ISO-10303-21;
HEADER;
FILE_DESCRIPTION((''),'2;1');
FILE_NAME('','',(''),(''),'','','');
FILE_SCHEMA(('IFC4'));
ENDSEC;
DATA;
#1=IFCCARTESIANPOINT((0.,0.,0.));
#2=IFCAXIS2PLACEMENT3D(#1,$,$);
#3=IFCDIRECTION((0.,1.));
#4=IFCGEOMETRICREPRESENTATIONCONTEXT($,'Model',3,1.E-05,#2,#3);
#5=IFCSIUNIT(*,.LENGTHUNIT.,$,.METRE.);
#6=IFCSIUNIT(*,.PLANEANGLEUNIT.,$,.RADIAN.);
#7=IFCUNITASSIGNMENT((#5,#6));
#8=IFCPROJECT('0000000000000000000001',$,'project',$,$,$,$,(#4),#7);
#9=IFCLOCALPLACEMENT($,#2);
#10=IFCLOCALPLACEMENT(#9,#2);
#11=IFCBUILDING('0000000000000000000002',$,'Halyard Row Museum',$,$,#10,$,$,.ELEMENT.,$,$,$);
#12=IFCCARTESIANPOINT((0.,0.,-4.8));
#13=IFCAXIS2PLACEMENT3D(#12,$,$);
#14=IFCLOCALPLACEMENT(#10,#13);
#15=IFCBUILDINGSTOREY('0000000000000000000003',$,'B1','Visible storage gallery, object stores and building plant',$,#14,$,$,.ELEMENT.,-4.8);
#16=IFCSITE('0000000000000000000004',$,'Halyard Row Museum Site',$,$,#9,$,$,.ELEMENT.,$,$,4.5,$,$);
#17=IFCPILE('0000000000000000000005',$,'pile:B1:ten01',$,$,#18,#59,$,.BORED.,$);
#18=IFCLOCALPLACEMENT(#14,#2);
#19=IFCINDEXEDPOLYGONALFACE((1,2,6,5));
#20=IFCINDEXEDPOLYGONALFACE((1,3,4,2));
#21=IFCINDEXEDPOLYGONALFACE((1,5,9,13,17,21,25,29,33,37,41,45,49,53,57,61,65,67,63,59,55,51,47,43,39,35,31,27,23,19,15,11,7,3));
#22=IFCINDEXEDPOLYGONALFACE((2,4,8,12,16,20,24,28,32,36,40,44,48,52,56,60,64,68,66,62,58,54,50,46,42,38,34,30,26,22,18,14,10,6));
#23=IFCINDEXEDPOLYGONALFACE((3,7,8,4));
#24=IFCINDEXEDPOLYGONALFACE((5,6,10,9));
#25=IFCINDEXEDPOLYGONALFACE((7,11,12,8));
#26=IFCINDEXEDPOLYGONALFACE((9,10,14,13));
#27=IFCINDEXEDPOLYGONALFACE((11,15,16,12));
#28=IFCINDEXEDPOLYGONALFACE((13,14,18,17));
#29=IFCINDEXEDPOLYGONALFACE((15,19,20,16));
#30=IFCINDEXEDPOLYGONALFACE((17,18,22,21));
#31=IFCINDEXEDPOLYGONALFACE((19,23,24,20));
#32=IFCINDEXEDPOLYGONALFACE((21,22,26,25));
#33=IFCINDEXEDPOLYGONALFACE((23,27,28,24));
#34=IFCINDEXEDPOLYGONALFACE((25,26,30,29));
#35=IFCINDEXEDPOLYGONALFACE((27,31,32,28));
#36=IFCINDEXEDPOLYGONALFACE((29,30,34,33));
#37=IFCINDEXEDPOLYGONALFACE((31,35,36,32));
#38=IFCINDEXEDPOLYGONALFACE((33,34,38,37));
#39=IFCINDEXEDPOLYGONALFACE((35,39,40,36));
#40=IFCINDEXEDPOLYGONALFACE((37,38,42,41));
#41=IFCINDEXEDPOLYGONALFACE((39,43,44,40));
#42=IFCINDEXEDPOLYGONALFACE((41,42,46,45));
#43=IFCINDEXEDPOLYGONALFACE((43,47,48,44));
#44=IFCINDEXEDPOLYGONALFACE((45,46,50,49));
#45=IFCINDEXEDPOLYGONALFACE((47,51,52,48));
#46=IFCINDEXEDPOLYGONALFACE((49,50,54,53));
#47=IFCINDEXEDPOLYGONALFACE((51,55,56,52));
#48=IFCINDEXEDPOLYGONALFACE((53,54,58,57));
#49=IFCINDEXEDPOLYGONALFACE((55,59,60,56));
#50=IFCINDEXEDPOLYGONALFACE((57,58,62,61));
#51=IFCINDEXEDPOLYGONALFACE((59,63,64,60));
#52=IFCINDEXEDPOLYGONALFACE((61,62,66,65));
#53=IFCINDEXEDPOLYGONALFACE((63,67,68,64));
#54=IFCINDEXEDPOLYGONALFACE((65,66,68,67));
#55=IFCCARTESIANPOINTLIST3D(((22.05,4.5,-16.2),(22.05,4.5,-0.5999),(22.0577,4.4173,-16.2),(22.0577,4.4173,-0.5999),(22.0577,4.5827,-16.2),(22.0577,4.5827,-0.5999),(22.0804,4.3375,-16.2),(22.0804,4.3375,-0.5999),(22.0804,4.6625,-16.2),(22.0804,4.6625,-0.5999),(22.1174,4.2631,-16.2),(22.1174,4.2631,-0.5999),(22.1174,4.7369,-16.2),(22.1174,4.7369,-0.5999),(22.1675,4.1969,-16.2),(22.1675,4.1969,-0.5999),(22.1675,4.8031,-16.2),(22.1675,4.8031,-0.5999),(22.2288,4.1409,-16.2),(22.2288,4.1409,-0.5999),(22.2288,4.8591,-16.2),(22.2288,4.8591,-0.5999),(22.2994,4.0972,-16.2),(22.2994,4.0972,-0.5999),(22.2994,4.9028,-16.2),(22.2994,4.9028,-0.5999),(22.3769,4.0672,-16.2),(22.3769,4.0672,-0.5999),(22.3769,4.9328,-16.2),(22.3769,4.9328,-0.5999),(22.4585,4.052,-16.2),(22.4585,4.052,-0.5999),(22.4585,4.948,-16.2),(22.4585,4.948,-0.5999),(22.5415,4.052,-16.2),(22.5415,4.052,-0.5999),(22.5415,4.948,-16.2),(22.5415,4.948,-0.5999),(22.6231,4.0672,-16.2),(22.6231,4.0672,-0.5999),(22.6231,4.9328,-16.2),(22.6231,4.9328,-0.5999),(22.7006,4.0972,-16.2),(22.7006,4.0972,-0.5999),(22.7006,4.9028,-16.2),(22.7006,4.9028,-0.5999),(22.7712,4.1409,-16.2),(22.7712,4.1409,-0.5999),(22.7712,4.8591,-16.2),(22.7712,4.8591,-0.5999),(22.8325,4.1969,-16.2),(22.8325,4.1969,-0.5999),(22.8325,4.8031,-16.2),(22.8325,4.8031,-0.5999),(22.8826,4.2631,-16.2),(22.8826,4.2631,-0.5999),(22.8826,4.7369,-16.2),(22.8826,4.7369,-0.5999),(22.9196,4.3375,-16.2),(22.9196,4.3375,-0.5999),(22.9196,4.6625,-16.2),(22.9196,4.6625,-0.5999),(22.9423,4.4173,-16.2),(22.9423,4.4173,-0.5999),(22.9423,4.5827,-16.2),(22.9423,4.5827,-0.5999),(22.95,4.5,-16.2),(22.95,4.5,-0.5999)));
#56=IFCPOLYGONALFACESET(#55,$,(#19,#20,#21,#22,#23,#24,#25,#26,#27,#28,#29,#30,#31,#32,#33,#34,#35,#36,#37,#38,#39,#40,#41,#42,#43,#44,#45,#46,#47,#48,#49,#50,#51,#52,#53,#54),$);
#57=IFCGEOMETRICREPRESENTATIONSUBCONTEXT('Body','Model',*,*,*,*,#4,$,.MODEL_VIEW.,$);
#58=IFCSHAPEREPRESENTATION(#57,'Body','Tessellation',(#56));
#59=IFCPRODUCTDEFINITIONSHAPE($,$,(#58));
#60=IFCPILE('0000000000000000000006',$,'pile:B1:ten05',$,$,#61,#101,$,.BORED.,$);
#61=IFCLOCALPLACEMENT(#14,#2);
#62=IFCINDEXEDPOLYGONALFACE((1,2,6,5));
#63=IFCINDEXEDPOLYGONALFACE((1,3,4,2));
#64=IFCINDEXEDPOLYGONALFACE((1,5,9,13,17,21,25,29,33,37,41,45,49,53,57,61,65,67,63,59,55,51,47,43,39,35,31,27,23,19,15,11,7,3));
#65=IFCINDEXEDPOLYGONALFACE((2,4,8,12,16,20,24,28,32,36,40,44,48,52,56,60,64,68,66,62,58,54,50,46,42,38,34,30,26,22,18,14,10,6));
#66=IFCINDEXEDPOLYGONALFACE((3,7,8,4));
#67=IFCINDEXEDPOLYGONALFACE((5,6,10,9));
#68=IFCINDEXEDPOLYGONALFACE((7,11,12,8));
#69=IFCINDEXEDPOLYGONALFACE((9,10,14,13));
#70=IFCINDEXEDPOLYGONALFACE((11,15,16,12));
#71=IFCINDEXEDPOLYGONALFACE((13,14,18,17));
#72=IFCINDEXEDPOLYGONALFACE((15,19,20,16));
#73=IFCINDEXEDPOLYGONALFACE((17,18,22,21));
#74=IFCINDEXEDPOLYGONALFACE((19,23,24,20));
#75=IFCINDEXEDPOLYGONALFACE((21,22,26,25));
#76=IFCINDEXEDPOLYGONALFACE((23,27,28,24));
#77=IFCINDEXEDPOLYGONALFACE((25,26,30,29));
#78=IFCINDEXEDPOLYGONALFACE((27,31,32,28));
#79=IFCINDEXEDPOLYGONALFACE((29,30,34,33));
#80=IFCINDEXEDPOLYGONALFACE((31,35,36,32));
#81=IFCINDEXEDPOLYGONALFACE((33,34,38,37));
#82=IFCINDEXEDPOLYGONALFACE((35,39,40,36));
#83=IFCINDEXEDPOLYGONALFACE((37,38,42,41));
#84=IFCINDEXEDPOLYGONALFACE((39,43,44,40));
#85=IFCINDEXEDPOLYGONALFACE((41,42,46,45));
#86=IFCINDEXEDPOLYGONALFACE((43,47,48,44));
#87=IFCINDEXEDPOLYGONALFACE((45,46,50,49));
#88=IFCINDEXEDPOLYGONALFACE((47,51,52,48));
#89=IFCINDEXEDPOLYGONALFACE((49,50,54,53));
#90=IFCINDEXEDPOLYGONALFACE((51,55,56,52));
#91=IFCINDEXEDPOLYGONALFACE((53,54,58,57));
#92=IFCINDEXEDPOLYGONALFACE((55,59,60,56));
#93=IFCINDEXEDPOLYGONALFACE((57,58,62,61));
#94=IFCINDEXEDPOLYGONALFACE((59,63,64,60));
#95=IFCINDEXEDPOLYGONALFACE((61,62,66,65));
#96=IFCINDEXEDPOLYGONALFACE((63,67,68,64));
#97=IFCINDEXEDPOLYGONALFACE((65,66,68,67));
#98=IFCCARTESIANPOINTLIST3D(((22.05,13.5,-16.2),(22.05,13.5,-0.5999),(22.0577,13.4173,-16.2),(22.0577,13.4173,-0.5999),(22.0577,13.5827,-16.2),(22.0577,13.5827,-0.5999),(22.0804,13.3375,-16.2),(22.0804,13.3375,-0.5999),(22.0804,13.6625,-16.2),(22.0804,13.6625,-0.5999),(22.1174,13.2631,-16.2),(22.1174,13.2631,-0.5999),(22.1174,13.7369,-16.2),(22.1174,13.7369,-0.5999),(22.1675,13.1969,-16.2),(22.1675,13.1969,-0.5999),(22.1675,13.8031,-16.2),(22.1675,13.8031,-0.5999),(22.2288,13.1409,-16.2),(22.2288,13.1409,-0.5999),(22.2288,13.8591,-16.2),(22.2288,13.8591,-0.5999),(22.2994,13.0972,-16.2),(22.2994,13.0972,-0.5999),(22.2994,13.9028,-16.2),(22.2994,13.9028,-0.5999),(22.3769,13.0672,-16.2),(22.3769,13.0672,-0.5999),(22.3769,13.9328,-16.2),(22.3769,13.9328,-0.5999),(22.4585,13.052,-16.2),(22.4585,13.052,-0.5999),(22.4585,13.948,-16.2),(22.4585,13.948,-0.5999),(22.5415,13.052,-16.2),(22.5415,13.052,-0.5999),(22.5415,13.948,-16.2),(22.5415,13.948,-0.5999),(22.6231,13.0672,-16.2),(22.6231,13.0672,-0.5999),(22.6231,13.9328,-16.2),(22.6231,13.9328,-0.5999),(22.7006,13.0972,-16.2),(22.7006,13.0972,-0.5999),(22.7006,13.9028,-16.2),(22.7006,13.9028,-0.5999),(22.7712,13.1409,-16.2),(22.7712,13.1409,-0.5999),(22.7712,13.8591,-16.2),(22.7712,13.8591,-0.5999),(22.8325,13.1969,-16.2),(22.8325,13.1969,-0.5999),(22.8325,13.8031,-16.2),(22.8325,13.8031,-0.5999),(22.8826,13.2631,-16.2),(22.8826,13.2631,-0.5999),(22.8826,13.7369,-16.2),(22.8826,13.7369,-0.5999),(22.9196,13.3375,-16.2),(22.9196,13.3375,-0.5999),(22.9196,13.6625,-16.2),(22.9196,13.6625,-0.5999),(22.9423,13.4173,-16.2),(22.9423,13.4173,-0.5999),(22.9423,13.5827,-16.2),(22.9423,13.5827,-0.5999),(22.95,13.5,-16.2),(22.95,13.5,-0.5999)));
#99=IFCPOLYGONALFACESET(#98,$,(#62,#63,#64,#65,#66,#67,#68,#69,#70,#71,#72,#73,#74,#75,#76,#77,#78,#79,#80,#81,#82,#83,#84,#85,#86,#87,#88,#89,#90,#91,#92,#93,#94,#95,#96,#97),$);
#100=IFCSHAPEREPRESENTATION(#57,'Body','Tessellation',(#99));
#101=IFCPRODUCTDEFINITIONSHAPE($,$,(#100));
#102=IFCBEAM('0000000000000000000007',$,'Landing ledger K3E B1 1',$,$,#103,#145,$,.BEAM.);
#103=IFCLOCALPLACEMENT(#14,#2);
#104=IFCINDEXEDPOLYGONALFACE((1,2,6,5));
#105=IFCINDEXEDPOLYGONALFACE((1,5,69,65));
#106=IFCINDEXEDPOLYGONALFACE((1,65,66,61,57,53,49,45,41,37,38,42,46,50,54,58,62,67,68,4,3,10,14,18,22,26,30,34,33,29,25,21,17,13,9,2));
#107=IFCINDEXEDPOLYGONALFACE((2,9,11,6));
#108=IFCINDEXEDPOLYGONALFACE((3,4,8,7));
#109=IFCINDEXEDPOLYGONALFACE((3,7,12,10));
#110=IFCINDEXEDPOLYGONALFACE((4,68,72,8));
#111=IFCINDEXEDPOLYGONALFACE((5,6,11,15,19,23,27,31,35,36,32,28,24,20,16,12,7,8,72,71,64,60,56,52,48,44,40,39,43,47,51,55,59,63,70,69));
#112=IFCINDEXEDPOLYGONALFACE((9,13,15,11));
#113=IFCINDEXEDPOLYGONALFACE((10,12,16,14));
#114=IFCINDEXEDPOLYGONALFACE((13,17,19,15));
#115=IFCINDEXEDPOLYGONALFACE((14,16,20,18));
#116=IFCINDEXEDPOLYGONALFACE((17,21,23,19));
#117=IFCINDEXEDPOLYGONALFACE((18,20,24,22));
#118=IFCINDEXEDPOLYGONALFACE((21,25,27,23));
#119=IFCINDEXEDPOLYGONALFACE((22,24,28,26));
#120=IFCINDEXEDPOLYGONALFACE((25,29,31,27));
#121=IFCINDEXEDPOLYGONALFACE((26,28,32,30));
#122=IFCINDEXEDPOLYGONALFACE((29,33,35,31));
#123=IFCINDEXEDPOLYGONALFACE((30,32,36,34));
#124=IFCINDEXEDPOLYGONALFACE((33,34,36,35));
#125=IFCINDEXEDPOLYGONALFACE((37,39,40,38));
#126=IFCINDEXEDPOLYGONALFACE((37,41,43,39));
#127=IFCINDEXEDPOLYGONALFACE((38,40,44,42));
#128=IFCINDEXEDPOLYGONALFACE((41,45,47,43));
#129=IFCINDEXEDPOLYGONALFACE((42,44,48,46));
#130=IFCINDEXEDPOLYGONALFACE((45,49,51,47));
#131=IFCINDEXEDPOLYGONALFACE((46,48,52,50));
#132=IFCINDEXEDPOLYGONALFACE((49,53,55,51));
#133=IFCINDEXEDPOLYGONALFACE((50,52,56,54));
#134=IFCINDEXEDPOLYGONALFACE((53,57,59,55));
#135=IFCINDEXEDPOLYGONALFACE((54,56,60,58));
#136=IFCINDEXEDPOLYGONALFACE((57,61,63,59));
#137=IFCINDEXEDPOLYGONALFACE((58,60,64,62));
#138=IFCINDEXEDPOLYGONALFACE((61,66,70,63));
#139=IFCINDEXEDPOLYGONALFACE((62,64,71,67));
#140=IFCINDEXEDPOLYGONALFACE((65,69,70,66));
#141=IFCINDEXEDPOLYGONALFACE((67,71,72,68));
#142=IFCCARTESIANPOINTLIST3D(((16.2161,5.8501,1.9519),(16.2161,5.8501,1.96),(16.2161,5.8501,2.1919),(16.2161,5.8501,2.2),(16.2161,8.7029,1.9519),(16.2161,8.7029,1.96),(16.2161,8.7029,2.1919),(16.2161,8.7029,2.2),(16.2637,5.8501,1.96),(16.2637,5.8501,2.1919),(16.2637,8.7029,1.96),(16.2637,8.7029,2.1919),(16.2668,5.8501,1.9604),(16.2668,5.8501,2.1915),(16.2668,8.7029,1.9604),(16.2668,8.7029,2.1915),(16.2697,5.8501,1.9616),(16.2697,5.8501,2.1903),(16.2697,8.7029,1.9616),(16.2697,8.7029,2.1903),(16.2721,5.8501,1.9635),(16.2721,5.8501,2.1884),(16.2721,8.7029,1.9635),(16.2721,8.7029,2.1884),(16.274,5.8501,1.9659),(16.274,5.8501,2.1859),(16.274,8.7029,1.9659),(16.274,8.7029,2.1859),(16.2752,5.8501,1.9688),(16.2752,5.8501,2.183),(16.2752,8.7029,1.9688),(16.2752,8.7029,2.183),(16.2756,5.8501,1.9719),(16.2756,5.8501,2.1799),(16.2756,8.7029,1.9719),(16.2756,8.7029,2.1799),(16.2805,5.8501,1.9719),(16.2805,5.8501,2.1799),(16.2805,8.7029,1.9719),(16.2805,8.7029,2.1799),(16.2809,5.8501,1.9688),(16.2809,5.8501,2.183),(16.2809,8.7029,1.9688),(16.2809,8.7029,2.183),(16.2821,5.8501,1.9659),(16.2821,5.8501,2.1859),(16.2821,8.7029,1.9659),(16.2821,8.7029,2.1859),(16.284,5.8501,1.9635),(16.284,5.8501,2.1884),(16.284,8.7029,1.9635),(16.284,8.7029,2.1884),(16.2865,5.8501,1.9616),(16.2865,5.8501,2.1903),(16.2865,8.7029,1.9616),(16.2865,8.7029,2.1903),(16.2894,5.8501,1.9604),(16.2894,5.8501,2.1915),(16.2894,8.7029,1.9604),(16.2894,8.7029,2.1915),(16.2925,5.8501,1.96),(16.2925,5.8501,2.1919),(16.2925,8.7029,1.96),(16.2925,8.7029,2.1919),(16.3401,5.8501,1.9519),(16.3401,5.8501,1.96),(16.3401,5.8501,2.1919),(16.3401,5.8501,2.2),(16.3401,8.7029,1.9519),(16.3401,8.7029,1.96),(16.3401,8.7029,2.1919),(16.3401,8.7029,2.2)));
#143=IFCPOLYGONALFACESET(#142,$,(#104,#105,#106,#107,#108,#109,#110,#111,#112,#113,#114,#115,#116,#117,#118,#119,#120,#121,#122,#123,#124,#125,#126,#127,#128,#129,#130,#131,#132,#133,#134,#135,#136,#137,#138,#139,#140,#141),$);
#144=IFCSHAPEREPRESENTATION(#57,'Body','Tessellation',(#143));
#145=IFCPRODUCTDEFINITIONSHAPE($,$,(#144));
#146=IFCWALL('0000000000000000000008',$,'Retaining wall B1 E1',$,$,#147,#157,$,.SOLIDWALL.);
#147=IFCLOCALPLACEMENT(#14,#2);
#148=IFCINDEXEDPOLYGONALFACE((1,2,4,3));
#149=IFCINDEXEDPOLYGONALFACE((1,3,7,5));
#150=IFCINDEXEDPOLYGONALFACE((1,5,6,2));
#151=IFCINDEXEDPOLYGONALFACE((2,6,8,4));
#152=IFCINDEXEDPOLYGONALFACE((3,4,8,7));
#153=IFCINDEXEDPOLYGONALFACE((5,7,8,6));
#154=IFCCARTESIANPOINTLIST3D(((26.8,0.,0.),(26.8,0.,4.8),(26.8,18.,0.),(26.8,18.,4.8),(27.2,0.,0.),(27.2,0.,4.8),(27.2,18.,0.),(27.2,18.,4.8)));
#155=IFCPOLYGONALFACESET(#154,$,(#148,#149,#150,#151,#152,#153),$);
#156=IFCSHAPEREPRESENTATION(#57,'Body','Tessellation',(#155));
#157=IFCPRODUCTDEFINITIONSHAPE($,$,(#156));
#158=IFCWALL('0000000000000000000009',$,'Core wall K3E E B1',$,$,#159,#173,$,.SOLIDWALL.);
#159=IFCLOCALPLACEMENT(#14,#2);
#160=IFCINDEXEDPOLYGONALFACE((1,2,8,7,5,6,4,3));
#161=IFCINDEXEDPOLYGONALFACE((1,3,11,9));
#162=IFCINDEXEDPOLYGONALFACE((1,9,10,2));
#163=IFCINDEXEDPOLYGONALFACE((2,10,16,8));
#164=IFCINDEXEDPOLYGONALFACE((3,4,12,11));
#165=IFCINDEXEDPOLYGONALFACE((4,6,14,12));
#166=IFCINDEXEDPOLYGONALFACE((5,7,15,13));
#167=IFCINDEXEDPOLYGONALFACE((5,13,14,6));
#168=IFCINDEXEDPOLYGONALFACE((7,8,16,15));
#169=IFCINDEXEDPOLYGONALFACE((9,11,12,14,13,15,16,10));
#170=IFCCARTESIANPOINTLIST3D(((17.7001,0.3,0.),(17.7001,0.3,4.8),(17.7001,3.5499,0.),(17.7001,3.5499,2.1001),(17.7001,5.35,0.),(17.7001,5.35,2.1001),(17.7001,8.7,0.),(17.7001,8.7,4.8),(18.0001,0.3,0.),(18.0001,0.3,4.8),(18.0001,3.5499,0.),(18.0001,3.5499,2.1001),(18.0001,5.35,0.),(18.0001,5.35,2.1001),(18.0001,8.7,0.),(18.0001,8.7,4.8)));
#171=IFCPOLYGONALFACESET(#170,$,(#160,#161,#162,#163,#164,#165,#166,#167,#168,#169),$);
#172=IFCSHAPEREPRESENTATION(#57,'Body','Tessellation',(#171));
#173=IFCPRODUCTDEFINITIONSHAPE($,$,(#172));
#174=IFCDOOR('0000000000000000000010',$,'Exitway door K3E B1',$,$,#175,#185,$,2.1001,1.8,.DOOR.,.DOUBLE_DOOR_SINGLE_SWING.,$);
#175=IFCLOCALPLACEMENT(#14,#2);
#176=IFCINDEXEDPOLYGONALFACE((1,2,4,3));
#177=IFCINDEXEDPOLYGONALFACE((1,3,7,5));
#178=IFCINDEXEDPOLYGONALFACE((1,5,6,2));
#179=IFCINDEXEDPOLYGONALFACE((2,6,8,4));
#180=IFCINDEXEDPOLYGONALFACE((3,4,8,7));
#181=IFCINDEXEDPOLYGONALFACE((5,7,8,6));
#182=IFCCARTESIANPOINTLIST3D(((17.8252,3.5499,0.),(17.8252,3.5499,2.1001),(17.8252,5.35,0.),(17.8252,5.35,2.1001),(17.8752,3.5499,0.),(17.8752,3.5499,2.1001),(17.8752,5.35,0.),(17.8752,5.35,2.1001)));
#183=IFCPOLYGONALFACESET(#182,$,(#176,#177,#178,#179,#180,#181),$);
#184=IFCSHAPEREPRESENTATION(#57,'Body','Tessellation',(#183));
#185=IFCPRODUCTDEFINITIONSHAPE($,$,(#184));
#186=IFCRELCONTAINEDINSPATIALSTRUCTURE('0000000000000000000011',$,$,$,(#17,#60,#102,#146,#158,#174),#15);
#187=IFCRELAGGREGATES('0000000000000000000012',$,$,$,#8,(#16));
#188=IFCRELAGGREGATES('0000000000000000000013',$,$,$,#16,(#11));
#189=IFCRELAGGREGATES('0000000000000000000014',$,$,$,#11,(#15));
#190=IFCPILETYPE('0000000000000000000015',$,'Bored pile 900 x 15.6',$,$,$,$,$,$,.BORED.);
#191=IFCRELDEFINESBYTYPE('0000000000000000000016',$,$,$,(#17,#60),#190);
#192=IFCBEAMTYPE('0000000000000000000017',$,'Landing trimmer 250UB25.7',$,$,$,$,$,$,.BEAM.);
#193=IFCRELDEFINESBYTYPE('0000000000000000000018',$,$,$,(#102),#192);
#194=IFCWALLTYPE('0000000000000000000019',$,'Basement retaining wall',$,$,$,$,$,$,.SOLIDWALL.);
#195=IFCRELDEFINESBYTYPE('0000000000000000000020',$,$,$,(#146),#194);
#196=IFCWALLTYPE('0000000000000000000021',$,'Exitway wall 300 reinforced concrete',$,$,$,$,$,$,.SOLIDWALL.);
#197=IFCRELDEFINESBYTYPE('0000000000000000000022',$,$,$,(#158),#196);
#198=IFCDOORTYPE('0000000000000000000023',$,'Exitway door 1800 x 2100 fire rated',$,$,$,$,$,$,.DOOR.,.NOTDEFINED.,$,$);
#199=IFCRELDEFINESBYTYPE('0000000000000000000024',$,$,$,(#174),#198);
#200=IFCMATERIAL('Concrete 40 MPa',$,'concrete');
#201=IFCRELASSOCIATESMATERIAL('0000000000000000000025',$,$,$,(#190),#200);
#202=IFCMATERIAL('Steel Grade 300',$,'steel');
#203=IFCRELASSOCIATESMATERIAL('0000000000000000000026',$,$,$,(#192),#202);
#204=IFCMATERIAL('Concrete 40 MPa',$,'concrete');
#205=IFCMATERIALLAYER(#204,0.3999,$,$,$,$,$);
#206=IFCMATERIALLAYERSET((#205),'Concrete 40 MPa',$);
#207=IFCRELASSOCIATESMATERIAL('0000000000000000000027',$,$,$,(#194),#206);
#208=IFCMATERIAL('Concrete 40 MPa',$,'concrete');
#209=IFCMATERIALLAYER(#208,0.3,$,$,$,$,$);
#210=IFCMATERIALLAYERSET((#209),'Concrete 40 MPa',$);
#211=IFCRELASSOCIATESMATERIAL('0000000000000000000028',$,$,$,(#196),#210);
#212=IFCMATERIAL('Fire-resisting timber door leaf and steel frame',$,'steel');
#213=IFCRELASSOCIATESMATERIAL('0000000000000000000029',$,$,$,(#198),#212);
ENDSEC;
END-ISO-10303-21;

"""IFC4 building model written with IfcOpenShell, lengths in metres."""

from ifc_helpers import new_model, si_unit, direction, frame, frame_2d, origin, origin_2d, place, context, subcontext, project, spatial, rectangle, circle, i_section, extrude, material, layer, layer_set, material_profile, profile_set, type_object, element, fill, save


model = new_model("IFC4")

# Units and contexts
model_context = context("Model", 3, precision=1e-05, world=origin(), true_north=direction((0.0, 1.0)))
body_context = subcontext(model_context, "Body", "Model", "MODEL_VIEW")
ifc_project = project(units=[si_unit("LENGTHUNIT", "METRE"), si_unit("PLANEANGLEUNIT", "RADIAN")], contexts=[model_context])

# Site, building, storey
site_placement = place(None, origin())
site = spatial("IfcSite", under=ifc_project, at=site_placement, Name="Halyard Row Museum Site", CompositionType="ELEMENT", RefElevation=4.5)
building_placement = place(site_placement, origin())
building = spatial("IfcBuilding", under=site, at=building_placement, Name="Halyard Row Museum", CompositionType="ELEMENT")
storey_placement = place(building_placement, frame((0.0, 0.0, -4.8)))
storey = spatial("IfcBuildingStorey", under=building, at=storey_placement, Name="B1", Description="Visible storage gallery, object stores and building plant", CompositionType="ELEMENT", Elevation=-4.8)

# Piles
ifc_material_1 = material(Name="Concrete 40 MPa", Category="concrete")
ifc_material_profile_1 = material_profile(ifc_material_1, circle(Radius=0.45, at=origin_2d()), Name="Bored pile 900 x 15.6")
ifc_profile_set_1 = profile_set([ifc_material_profile_1], Name="Concrete 40 MPa")
pile_type_1 = type_object("IfcPileType", Name="Bored pile 900 x 15.6", PredefinedType="BORED", material=ifc_profile_set_1)
for number, where, z_axis, x_axis, name in (
    (1, (22.5, 4.5, -0.5999), (0.0, 0.0, -1.0), (1.0, 0.0, 0.0), "pile:B1:ten01"),
    (2, (22.5, 13.5, -0.5999), (0.0, 0.0, -1.0), (1.0, 0.0, 0.0), "pile:B1:ten05"),
):
    element("IfcPile", number, at=place(storey_placement, frame(where, z_axis=z_axis, x_axis=x_axis)), inside=storey, type_object=pile_type_1, Name=name, PredefinedType="BORED", context=body_context, shape_type="SweptSolid", body=[
        extrude(circle(Radius=0.45, at=origin_2d()), origin(), (0.0, 0.0, 1.0), 15.6001),
    ])

# Beam
ifc_material_2 = material(Name="Steel Grade 300", Category="steel")
ifc_material_profile_2 = material_profile(ifc_material_2, i_section(OverallWidth=0.124, OverallDepth=0.248, WebThickness=0.0049, FlangeThickness=0.0081, FilletRadius=0.012, at=origin_2d()), Name="250UB25.7")
ifc_profile_set_2 = profile_set([ifc_material_profile_2], Name="Steel Grade 300")
beam_type = type_object("IfcBeamType", Name="Landing trimmer 250UB25.7", PredefinedType="BEAM", material=ifc_profile_set_2)
beam_placement = place(storey_placement, frame((16.2781, 8.7029, 2.0759), z_axis=(0.0, -1.0, 0.0), x_axis=(1.0, 0.0, 0.0)))
element("IfcBeam", 3, at=beam_placement, inside=storey, type_object=beam_type, Name="Landing ledger K3E B1 1", PredefinedType="BEAM", context=body_context, shape_type="SweptSolid", body=[
    extrude(i_section(OverallWidth=0.124, OverallDepth=0.248, WebThickness=0.0049, FlangeThickness=0.0081, FilletRadius=0.012, at=origin_2d()), origin(), (0.0, 0.0, 1.0), 2.8528),
])

# Wall
ifc_material_3 = material(Name="Concrete 40 MPa", Category="concrete")
ifc_layer_1 = layer(ifc_material_3, 0.3999)
ifc_layer_set_1 = layer_set([ifc_layer_1], Name="Concrete 40 MPa")
wall_type_1 = type_object("IfcWallType", Name="Basement retaining wall", PredefinedType="SOLIDWALL", material=ifc_layer_set_1)
wall_1_placement = place(storey_placement, frame((27.0, 0.0, 0.0), z_axis=(0.0, 0.0, 1.0), x_axis=(0.0, 1.0, 0.0)))
element("IfcWall", 4, at=wall_1_placement, inside=storey, type_object=wall_type_1, Name="Retaining wall B1 E1", PredefinedType="SOLIDWALL", context=body_context, shape_type="SweptSolid", body=[
    extrude(rectangle(XDim=18.0, YDim=0.3999, at=frame_2d((9.0, 0.0))), origin(), (0.0, 0.0, 1.0), 4.8),
])

# Wall, opening, door
ifc_material_4 = material(Name="Concrete 40 MPa", Category="concrete")
ifc_layer_2 = layer(ifc_material_4, 0.3)
ifc_layer_set_2 = layer_set([ifc_layer_2], Name="Concrete 40 MPa")
wall_type_2 = type_object("IfcWallType", Name="Exitway wall 300 reinforced concrete", PredefinedType="SOLIDWALL", material=ifc_layer_set_2)
wall_2_placement = place(storey_placement, frame((17.8501, 0.3, 0.0), z_axis=(0.0, 0.0, 1.0), x_axis=(0.0, 1.0, 0.0)))
wall_2 = element("IfcWall", 5, at=wall_2_placement, inside=storey, type_object=wall_type_2, Name="Core wall K3E E B1", PredefinedType="SOLIDWALL", context=body_context, shape_type="SweptSolid", body=[
    extrude(rectangle(XDim=8.3999, YDim=0.3, at=frame_2d((4.2, 0.0))), origin(), (0.0, 0.0, 1.0), 4.8),
])
opening_1_placement = place(wall_2_placement, frame((3.25, 0.0, 0.0)))
opening_1 = element("IfcOpeningElement", 6, at=opening_1_placement, cuts=wall_2, PredefinedType="OPENING", context=body_context, shape_type="SweptSolid", body=[
    extrude(rectangle(XDim=1.8, YDim=2.1001, at=frame_2d((0.8999, 1.05))), frame((0.0, 0.1599, 0.0), z_axis=(0.0, -1.0, 0.0), x_axis=(1.0, 0.0, 0.0)), (0.0, 0.0, 1.0), 0.3201),
])
ifc_material_5 = material(Name="Fire-resisting timber door leaf and steel frame", Category="steel")
door_type_1 = type_object("IfcDoorType", Name="Exitway door 1800 x 2100 fire rated", OperationType="NOTDEFINED", PredefinedType="DOOR", material=ifc_material_5)
door_1_placement = place(opening_1_placement, origin())
door_1 = element("IfcDoor", 7, at=door_1_placement, inside=storey, type_object=door_type_1, Name="Exitway door K3E B1", OperationType="DOUBLE_DOOR_SINGLE_SWING", OverallHeight=2.1001, OverallWidth=1.8, PredefinedType="DOOR", context=body_context, shape_type="SweptSolid", body=[
    extrude(rectangle(XDim=1.8, YDim=2.1001, at=frame_2d((0.8999, 1.05))), frame((0.0, 0.0249, 0.0), z_axis=(0.0, -1.0, 0.0), x_axis=(1.0, 0.0, 0.0)), (0.0, 0.0, 1.0), 0.05),
])
fill(opening_1, door_1)

save(model, "model.ifc")
